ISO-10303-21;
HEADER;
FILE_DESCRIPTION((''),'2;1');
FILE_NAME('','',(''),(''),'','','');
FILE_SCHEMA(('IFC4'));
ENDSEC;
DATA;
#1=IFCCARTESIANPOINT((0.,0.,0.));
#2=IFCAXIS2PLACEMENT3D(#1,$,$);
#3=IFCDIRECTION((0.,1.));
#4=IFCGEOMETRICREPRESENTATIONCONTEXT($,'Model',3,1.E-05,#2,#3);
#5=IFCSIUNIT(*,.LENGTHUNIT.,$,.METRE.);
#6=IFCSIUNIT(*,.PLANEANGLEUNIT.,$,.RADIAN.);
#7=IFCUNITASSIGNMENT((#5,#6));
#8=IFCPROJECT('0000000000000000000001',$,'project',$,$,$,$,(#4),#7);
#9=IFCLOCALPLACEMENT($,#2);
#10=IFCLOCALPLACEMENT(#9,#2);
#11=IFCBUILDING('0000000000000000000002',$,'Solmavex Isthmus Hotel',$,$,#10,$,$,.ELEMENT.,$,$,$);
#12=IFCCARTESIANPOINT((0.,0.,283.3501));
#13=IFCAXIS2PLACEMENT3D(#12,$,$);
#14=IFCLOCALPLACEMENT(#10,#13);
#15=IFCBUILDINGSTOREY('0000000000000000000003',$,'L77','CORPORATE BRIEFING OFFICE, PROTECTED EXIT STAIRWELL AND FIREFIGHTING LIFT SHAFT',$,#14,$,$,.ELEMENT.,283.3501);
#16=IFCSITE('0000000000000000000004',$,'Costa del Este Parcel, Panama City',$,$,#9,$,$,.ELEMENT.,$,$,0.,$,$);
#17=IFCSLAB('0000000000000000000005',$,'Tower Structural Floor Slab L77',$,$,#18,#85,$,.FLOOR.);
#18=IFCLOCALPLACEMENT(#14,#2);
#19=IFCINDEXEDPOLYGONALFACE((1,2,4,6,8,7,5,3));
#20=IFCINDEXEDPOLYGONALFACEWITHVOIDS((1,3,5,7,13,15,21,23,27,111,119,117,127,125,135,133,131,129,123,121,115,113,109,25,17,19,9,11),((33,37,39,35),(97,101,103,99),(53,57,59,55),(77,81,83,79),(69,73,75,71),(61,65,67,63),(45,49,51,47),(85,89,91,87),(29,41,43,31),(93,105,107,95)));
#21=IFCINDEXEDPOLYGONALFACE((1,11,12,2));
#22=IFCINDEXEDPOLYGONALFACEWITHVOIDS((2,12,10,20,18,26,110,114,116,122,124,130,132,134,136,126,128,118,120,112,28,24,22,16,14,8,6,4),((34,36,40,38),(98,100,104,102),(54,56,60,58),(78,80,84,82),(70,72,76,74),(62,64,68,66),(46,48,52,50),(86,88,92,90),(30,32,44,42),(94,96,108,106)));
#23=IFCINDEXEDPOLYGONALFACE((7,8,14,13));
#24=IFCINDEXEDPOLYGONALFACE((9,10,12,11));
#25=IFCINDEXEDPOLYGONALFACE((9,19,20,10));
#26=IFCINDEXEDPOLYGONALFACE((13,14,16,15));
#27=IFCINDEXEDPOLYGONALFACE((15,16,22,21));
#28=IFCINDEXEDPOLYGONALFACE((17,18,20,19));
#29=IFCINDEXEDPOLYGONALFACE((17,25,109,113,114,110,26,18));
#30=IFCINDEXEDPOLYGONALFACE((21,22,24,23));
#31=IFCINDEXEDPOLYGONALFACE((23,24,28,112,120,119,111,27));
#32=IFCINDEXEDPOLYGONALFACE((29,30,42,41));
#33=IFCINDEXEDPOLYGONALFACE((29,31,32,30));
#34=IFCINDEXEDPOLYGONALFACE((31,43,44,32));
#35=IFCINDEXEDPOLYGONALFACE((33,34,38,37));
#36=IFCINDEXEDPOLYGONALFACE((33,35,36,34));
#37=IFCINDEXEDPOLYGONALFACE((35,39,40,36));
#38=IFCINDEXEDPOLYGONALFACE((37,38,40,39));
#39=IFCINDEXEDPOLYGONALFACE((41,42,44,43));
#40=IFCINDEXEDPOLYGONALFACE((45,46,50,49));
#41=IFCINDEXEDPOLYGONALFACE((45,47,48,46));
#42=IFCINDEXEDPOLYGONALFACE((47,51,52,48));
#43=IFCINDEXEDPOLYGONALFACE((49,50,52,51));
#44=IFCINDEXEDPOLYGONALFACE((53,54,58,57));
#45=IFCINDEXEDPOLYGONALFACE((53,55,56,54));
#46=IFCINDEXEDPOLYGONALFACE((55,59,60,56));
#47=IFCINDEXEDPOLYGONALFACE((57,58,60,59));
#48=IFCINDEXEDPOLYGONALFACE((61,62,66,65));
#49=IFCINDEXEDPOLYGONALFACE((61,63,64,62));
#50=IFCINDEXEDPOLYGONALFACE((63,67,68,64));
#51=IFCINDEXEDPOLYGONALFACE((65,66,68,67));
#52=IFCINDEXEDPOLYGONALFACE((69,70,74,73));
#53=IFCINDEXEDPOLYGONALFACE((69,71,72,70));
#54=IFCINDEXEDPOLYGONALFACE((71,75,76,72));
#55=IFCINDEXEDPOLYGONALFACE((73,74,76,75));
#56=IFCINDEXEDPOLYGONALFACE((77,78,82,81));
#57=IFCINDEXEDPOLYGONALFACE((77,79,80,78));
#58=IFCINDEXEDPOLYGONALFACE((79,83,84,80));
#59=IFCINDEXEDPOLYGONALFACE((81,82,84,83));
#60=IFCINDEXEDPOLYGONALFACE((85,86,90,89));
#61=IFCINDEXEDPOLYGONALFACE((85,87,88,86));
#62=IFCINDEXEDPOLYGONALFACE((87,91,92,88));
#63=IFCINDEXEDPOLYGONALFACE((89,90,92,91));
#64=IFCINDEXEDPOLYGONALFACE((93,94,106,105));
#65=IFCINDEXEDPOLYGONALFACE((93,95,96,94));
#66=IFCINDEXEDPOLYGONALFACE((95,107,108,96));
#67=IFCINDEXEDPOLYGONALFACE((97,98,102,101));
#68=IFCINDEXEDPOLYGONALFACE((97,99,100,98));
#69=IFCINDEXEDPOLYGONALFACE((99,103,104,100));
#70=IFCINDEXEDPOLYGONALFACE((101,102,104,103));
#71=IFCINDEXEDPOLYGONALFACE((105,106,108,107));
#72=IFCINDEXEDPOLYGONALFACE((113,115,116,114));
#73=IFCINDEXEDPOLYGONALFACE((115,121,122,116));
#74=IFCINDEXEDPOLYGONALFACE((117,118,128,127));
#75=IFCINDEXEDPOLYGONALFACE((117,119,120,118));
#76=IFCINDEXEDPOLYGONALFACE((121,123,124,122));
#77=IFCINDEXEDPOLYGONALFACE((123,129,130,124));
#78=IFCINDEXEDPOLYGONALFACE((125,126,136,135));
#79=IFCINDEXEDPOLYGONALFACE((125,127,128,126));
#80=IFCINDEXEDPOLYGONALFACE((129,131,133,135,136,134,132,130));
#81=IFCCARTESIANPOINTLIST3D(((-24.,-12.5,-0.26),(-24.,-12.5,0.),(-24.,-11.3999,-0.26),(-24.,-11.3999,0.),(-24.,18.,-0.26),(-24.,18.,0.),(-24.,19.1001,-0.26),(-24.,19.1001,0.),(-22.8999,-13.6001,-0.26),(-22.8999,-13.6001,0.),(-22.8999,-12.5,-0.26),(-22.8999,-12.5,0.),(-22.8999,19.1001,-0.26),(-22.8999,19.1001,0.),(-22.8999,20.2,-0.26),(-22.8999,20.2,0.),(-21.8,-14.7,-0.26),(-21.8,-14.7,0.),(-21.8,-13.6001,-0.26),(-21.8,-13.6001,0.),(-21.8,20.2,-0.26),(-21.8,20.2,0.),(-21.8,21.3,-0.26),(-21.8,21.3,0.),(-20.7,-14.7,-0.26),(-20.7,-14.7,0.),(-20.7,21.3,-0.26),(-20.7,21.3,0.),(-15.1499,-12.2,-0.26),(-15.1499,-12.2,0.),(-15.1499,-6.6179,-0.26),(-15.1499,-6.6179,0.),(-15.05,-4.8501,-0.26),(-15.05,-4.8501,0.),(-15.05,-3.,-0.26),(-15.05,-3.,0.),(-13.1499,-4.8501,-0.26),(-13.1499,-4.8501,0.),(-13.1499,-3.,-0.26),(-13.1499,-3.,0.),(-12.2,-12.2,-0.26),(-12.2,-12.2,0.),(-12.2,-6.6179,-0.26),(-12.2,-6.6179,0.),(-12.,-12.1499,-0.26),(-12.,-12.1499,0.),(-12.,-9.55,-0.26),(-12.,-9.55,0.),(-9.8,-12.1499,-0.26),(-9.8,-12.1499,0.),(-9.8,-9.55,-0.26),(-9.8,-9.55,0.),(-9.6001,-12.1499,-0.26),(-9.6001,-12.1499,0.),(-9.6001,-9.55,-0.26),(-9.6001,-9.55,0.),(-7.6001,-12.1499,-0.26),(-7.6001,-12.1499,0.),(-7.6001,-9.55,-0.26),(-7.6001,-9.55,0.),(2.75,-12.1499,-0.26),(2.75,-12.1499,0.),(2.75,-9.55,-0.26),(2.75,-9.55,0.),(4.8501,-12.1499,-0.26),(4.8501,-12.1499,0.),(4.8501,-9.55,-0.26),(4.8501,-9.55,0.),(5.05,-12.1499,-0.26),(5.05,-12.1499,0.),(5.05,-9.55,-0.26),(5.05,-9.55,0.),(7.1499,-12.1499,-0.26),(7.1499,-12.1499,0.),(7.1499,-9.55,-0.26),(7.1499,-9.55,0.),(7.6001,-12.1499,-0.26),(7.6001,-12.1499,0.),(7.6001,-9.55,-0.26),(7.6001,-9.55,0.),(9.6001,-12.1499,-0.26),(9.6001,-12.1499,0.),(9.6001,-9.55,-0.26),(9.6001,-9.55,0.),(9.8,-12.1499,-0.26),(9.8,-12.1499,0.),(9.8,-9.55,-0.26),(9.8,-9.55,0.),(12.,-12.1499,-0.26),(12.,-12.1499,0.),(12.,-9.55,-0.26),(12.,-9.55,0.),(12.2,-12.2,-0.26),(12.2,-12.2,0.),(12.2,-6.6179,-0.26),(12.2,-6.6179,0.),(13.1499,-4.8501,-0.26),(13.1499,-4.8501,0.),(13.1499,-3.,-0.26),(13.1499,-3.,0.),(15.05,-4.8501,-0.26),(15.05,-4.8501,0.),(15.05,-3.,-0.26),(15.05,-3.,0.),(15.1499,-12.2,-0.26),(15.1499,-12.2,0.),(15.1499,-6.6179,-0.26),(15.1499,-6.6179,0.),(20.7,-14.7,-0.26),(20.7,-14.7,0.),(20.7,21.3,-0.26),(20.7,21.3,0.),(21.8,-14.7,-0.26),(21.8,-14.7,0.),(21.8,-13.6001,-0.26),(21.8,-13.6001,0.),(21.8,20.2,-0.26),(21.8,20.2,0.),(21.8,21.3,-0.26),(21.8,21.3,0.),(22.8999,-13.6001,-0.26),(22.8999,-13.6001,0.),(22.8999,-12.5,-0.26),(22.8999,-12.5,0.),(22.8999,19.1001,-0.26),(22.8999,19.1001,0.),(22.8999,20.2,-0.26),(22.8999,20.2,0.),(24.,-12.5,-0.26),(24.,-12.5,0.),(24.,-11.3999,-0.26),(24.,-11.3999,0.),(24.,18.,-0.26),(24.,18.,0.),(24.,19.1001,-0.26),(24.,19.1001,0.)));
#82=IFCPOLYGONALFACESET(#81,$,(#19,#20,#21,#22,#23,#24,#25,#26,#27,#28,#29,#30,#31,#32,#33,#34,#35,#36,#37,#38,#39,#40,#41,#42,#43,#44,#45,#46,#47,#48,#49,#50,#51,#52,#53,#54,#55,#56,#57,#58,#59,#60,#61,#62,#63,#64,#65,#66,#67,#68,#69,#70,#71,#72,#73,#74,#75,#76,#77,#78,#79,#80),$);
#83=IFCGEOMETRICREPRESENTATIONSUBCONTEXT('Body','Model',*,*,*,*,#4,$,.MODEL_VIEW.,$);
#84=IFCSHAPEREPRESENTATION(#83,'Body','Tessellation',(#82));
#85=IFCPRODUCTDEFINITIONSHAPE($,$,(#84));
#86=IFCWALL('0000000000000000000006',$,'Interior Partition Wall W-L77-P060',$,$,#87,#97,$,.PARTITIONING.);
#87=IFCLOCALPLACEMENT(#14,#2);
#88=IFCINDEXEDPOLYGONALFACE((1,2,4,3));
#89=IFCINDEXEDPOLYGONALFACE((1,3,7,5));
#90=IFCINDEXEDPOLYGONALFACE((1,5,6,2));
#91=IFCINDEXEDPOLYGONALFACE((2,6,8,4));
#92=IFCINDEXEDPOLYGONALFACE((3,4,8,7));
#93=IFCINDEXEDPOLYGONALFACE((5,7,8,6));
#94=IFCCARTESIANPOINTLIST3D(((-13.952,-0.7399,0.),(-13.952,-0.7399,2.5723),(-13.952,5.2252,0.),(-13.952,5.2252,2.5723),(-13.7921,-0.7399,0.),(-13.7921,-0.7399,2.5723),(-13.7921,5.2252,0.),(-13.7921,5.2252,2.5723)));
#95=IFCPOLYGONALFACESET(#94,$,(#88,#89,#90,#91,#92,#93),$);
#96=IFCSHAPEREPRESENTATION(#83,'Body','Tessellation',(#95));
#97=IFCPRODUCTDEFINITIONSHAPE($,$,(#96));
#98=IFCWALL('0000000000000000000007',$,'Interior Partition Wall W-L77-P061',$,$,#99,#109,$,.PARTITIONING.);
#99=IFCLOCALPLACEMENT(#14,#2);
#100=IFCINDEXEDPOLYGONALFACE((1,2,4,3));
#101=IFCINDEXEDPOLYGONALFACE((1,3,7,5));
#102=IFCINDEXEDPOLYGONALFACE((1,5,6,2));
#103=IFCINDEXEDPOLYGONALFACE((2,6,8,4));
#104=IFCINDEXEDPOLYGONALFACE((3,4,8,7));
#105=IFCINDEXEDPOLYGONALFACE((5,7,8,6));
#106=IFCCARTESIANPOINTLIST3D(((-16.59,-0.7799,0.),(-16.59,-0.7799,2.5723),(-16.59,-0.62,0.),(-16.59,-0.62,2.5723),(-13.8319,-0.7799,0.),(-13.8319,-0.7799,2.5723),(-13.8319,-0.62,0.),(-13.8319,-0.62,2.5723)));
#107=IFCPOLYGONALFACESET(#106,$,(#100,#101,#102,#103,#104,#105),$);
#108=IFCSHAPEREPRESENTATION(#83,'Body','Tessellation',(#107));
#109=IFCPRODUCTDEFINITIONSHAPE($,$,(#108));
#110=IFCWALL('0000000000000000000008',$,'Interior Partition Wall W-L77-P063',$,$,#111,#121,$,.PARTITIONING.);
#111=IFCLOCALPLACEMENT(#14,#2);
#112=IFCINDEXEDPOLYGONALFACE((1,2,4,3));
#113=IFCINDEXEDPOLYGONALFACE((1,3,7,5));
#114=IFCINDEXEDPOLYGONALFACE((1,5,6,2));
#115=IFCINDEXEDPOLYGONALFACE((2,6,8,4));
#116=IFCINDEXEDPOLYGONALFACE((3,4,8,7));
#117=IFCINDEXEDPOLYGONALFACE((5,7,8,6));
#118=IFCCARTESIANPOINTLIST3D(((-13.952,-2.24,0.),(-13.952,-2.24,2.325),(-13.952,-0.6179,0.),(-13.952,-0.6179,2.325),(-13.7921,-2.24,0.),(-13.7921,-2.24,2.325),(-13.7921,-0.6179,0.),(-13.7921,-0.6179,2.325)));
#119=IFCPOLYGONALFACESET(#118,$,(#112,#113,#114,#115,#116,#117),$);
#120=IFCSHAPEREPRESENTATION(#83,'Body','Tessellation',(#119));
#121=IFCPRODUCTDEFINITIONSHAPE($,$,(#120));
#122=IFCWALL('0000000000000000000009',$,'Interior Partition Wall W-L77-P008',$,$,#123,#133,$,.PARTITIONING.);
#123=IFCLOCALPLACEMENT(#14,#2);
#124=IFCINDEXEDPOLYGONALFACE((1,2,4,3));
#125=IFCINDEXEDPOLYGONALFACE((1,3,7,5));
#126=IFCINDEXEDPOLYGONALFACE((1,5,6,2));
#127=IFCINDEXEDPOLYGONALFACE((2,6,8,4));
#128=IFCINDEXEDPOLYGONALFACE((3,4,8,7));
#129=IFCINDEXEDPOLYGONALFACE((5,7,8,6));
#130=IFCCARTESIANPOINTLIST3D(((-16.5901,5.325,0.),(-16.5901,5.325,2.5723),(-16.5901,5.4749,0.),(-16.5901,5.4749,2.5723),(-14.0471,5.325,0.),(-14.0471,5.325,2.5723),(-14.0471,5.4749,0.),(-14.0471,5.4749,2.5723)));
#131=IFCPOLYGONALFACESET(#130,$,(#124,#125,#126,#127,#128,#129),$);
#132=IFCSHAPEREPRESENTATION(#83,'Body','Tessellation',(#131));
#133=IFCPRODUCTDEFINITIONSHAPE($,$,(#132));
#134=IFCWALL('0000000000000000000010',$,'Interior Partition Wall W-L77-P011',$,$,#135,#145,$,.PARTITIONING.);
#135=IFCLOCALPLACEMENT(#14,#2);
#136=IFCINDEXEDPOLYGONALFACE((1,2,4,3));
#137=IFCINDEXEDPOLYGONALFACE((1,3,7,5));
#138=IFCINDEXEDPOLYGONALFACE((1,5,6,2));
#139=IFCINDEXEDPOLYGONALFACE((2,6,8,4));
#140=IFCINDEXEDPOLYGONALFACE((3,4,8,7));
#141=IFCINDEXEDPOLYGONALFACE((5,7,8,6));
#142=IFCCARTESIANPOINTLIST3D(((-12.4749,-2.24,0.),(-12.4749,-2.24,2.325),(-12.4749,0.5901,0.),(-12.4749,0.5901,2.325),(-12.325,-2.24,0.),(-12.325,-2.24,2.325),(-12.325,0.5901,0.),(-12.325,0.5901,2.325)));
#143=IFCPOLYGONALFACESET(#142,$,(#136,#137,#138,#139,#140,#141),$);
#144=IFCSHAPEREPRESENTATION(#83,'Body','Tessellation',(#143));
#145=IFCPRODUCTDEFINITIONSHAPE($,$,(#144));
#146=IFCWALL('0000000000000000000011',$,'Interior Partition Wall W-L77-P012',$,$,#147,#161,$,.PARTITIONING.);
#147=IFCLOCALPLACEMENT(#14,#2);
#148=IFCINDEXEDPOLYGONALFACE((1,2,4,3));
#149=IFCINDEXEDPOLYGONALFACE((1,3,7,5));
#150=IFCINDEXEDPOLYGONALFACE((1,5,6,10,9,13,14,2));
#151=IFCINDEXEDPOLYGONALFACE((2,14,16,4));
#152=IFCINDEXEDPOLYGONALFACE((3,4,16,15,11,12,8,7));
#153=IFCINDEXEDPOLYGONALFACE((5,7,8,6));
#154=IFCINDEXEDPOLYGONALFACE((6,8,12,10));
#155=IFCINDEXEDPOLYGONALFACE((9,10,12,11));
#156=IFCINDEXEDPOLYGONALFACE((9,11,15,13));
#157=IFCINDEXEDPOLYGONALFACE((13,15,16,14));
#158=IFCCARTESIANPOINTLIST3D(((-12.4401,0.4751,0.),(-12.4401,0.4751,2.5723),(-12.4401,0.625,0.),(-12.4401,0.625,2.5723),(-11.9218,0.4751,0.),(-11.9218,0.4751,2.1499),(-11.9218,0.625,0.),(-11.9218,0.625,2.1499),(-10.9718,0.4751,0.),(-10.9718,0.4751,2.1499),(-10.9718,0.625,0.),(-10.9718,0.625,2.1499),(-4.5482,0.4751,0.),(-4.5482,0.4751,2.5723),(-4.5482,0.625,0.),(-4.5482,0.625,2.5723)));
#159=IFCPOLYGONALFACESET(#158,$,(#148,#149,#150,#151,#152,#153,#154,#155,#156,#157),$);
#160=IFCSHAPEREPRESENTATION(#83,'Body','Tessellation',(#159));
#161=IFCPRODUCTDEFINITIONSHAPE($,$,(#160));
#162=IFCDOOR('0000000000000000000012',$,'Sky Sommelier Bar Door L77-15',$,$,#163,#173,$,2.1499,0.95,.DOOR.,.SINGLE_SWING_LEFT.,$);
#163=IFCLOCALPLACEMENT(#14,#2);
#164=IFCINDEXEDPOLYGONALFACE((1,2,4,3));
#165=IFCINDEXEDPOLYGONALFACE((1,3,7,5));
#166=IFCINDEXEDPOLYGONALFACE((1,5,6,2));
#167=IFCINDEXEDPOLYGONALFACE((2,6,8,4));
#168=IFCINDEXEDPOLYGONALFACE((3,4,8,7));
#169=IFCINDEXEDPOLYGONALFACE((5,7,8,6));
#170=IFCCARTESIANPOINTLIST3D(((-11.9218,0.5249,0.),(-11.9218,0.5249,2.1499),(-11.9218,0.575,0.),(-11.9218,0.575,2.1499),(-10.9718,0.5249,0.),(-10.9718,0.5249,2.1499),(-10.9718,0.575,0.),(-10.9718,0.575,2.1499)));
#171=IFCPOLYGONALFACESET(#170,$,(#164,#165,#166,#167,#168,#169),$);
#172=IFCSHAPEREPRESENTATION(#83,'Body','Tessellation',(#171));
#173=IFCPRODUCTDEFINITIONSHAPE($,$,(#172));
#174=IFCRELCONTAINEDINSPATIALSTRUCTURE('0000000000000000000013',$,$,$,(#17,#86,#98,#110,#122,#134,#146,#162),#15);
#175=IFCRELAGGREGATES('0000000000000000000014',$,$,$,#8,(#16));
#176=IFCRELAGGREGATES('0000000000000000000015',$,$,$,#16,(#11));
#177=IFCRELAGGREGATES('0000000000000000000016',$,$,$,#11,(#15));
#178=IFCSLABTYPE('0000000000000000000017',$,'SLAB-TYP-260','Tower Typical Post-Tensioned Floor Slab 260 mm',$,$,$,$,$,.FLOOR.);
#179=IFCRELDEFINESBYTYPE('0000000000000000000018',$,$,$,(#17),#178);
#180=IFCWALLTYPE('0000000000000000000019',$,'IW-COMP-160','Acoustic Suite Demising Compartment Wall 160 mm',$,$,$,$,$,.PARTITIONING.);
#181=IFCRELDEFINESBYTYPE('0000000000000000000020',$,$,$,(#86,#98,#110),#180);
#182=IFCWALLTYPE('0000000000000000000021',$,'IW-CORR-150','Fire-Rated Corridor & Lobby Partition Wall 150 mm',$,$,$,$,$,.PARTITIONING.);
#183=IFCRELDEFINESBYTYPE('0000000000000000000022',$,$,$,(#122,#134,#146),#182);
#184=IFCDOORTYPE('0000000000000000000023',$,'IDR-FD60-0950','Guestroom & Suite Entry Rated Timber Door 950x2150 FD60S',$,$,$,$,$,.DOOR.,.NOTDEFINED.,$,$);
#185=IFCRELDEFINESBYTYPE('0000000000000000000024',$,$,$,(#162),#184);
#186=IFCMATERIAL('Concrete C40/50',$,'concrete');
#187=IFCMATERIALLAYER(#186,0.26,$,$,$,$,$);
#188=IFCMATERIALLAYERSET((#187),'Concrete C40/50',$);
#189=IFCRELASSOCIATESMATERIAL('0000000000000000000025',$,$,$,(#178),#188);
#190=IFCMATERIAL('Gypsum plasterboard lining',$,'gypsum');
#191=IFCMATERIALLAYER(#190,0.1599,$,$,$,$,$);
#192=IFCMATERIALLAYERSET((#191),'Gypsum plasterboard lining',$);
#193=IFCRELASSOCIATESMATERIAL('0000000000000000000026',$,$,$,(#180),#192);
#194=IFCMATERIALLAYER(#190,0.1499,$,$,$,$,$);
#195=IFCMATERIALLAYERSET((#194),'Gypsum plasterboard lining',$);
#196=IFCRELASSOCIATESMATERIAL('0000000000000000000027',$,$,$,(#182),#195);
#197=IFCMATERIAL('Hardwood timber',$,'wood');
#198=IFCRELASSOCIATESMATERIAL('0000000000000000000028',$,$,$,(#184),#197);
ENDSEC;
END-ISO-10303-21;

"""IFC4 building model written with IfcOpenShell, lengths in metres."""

from ifc_helpers import new_model, si_unit, direction, frame, frame_2d, origin, place, context, subcontext, project, spatial, polyline, rectangle, outline, extrude, material, layer, layer_set, type_object, element, fill, save


model = new_model("IFC4")

# Units and contexts
model_context = context("Model", 3, precision=1e-05, world=origin(), true_north=direction((0.0, 1.0)))
body_context = subcontext(model_context, "Body", "Model", "MODEL_VIEW")
ifc_project = project(units=[si_unit("LENGTHUNIT", "METRE"), si_unit("PLANEANGLEUNIT", "RADIAN")], contexts=[model_context])

# Site, building, storey
site_placement = place(None, origin())
site = spatial("IfcSite", under=ifc_project, at=site_placement, Name="Costa del Este Parcel, Panama City", CompositionType="ELEMENT", RefElevation=0.0)
building_placement = place(site_placement, origin())
building = spatial("IfcBuilding", under=site, at=building_placement, Name="Solmavex Isthmus Hotel", CompositionType="ELEMENT")
storey_placement = place(building_placement, frame((0.0, 0.0, 283.3501)))
storey = spatial("IfcBuildingStorey", under=building, at=storey_placement, Name="L77", Description="CORPORATE BRIEFING OFFICE, PROTECTED EXIT STAIRWELL AND FIREFIGHTING LIFT SHAFT", CompositionType="ELEMENT", Elevation=283.3501)

# Slab
ifc_material_1 = material(Name="Concrete C40/50", Category="concrete")
ifc_layer_1 = layer(ifc_material_1, 0.26)
ifc_layer_set_1 = layer_set([ifc_layer_1], Name="Concrete C40/50")
slab_type = type_object("IfcSlabType", Name="SLAB-TYP-260", Description="Tower Typical Post-Tensioned Floor Slab 260 mm", PredefinedType="FLOOR", material=ifc_layer_set_1)
slab_placement = place(storey_placement, frame((0.0, 0.0, -0.26)))
element("IfcSlab", 1, at=slab_placement, inside=storey, type_object=slab_type, Name="Tower Structural Floor Slab L77", PredefinedType="FLOOR", context=body_context, shape_type="SweptSolid", body=[
    extrude(outline(polyline([(-20.7, -14.7), (20.7, -14.7), (21.8, -14.7), (21.8, -13.6001), (22.8999, -13.6001), (22.8999, -12.5), (24.0, -12.5), (24.0, -11.3999), (24.0, 18.0), (24.0, 19.1001), (22.8999, 19.1001), (22.8999, 20.2), (21.8, 20.2), (21.8, 21.3), (20.7, 21.3), (-20.7, 21.3), (-21.8, 21.3), (-21.8, 20.2), (-22.8999, 20.2), (-22.8999, 19.1001), (-24.0, 19.1001), (-24.0, 18.0), (-24.0, -11.3999), (-24.0, -12.5), (-22.8999, -12.5), (-22.8999, -13.6001), (-21.8, -13.6001), (-21.8, -14.7), (-20.7, -14.7)]), holes=[polyline([(-15.1499, -6.6179), (-15.1499, -12.2), (-12.2, -12.2), (-12.2, -6.6179), (-15.1499, -6.6179)]), polyline([(12.2, -6.6179), (12.2, -12.2), (15.1499, -12.2), (15.1499, -6.6179), (12.2, -6.6179)]), polyline([(-12.0, -12.1499), (-9.8, -12.1499), (-9.8, -9.55), (-12.0, -9.55), (-12.0, -12.1499)]), polyline([(9.8, -12.1499), (12.0, -12.1499), (12.0, -9.55), (9.8, -9.55), (9.8, -12.1499)]), polyline([(-9.6001, -12.1499), (-7.6001, -12.1499), (-7.6001, -9.55), (-9.6001, -9.55), (-9.6001, -12.1499)]), polyline([(7.6001, -12.1499), (9.6001, -12.1499), (9.6001, -9.55), (7.6001, -9.55), (7.6001, -12.1499)]), polyline([(2.75, -12.1499), (4.8501, -12.1499), (4.8501, -9.55), (2.75, -9.55), (2.75, -12.1499)]), polyline([(5.05, -12.1499), (7.1499, -12.1499), (7.1499, -9.55), (5.05, -9.55), (5.05, -12.1499)]), polyline([(-15.05, -4.8501), (-13.1499, -4.8501), (-13.1499, -3.0), (-15.05, -3.0), (-15.05, -4.8501)]), polyline([(13.1499, -4.8501), (15.05, -4.8501), (15.05, -3.0), (13.1499, -3.0), (13.1499, -4.8501)])]), origin(), (0.0, 0.0, 1.0), 0.26),
])

# Walls
ifc_material_2 = material(Name="Gypsum plasterboard lining", Category="gypsum")
ifc_layer_2 = layer(ifc_material_2, 0.1599)
ifc_layer_set_2 = layer_set([ifc_layer_2], Name="Gypsum plasterboard lining")
wall_type_1 = type_object("IfcWallType", Name="IW-COMP-160", Description="Acoustic Suite Demising Compartment Wall 160 mm", PredefinedType="PARTITIONING", material=ifc_layer_set_2)
wall_1_placement = place(storey_placement, frame((-13.8721, 5.2251, 0.0), z_axis=(0.0, 0.0, 1.0), x_axis=(0.0, -1.0, 0.0)))
element("IfcWall", 2, at=wall_1_placement, inside=storey, type_object=wall_type_1, Name="Interior Partition Wall W-L77-P060", PredefinedType="PARTITIONING", context=body_context, shape_type="SweptSolid", body=[
    extrude(rectangle(XDim=5.9651, YDim=0.1599, at=frame_2d((2.9824, 0.0))), origin(), (0.0, 0.0, 1.0), 2.5723),
])
wall_2_placement = place(storey_placement, frame((-13.832, -0.7, 0.0), z_axis=(0.0, 0.0, 1.0), x_axis=(-1.0, 0.0, 0.0)))
element("IfcWall", 3, at=wall_2_placement, inside=storey, type_object=wall_type_1, Name="Interior Partition Wall W-L77-P061", PredefinedType="PARTITIONING", context=body_context, shape_type="SweptSolid", body=[
    extrude(rectangle(XDim=2.7581, YDim=0.1599, at=frame_2d((1.3789, 0.0))), origin(), (0.0, 0.0, 1.0), 2.5723),
])
wall_3_placement = place(storey_placement, frame((-13.8721, -2.24, 0.0), z_axis=(0.0, 0.0, 1.0), x_axis=(0.0, 1.0, 0.0)))
element("IfcWall", 4, at=wall_3_placement, inside=storey, type_object=wall_type_1, Name="Interior Partition Wall W-L77-P063", PredefinedType="PARTITIONING", context=body_context, shape_type="SweptSolid", body=[
    extrude(rectangle(XDim=1.6221, YDim=0.1599, at=frame_2d((0.811, 0.0))), origin(), (0.0, 0.0, 1.0), 2.325),
])
ifc_layer_3 = layer(ifc_material_2, 0.1499)
ifc_layer_set_3 = layer_set([ifc_layer_3], Name="Gypsum plasterboard lining")
wall_type_2 = type_object("IfcWallType", Name="IW-CORR-150", Description="Fire-Rated Corridor & Lobby Partition Wall 150 mm", PredefinedType="PARTITIONING", material=ifc_layer_set_3)
wall_4_placement = place(storey_placement, frame((-14.0471, 5.3999, 0.0), z_axis=(0.0, 0.0, 1.0), x_axis=(-1.0, 0.0, 0.0)))
element("IfcWall", 5, at=wall_4_placement, inside=storey, type_object=wall_type_2, Name="Interior Partition Wall W-L77-P008", PredefinedType="PARTITIONING", context=body_context, shape_type="SweptSolid", body=[
    extrude(rectangle(XDim=2.543, YDim=0.1499, at=frame_2d((1.2715, 0.0))), origin(), (0.0, 0.0, 1.0), 2.5723),
])
wall_5_placement = place(storey_placement, frame((-12.3999, -2.24, 0.0), z_axis=(0.0, 0.0, 1.0), x_axis=(0.0, 1.0, 0.0)))
element("IfcWall", 6, at=wall_5_placement, inside=storey, type_object=wall_type_2, Name="Interior Partition Wall W-L77-P011", PredefinedType="PARTITIONING", context=body_context, shape_type="SweptSolid", body=[
    extrude(rectangle(XDim=2.8301, YDim=0.1499, at=frame_2d((1.415, 0.0))), origin(), (0.0, 0.0, 1.0), 2.325),
])

# Wall, opening, door
wall_6_placement = place(storey_placement, frame((-12.4399, 0.55, 0.0), z_axis=(0.0, 0.0, 1.0), x_axis=(1.0, 0.0, 0.0)))
wall_6 = element("IfcWall", 7, at=wall_6_placement, inside=storey, type_object=wall_type_2, Name="Interior Partition Wall W-L77-P012", PredefinedType="PARTITIONING", context=body_context, shape_type="SweptSolid", body=[
    extrude(rectangle(XDim=7.8918, YDim=0.1499, at=frame_2d((3.9458, 0.0))), origin(), (0.0, 0.0, 1.0), 2.5723),
])
opening_1_placement = place(wall_6_placement, frame((0.5181, 0.0, 0.0)))
opening_1 = element("IfcOpeningElement", 8, at=opening_1_placement, cuts=wall_6, PredefinedType="OPENING", context=body_context, shape_type="SweptSolid", body=[
    extrude(rectangle(XDim=0.95, YDim=2.1499, at=frame_2d((0.4751, 1.075))), frame((0.0, 0.085, 0.0), z_axis=(0.0, -1.0, 0.0), x_axis=(1.0, 0.0, 0.0)), (0.0, 0.0, 1.0), 0.1699),
])
ifc_material_3 = material(Name="Hardwood timber", Category="wood")
door_type = type_object("IfcDoorType", Name="IDR-FD60-0950", Description="Guestroom & Suite Entry Rated Timber Door 950x2150 FD60S", OperationType="NOTDEFINED", PredefinedType="DOOR", material=ifc_material_3)
door_1_placement = place(opening_1_placement, origin())
door_1 = element("IfcDoor", 9, at=door_1_placement, inside=storey, type_object=door_type, Name="Sky Sommelier Bar Door L77-15", OperationType="SINGLE_SWING_LEFT", OverallHeight=2.1499, OverallWidth=0.95, PredefinedType="DOOR", context=body_context, shape_type="SweptSolid", body=[
    extrude(rectangle(XDim=0.95, YDim=2.1499, at=frame_2d((0.4751, 1.075))), frame((0.0, 0.0249, 0.0), z_axis=(0.0, -1.0, 0.0), x_axis=(1.0, 0.0, 0.0)), (0.0, 0.0, 1.0), 0.05),
])
fill(opening_1, door_1)

save(model, "model.ifc")
